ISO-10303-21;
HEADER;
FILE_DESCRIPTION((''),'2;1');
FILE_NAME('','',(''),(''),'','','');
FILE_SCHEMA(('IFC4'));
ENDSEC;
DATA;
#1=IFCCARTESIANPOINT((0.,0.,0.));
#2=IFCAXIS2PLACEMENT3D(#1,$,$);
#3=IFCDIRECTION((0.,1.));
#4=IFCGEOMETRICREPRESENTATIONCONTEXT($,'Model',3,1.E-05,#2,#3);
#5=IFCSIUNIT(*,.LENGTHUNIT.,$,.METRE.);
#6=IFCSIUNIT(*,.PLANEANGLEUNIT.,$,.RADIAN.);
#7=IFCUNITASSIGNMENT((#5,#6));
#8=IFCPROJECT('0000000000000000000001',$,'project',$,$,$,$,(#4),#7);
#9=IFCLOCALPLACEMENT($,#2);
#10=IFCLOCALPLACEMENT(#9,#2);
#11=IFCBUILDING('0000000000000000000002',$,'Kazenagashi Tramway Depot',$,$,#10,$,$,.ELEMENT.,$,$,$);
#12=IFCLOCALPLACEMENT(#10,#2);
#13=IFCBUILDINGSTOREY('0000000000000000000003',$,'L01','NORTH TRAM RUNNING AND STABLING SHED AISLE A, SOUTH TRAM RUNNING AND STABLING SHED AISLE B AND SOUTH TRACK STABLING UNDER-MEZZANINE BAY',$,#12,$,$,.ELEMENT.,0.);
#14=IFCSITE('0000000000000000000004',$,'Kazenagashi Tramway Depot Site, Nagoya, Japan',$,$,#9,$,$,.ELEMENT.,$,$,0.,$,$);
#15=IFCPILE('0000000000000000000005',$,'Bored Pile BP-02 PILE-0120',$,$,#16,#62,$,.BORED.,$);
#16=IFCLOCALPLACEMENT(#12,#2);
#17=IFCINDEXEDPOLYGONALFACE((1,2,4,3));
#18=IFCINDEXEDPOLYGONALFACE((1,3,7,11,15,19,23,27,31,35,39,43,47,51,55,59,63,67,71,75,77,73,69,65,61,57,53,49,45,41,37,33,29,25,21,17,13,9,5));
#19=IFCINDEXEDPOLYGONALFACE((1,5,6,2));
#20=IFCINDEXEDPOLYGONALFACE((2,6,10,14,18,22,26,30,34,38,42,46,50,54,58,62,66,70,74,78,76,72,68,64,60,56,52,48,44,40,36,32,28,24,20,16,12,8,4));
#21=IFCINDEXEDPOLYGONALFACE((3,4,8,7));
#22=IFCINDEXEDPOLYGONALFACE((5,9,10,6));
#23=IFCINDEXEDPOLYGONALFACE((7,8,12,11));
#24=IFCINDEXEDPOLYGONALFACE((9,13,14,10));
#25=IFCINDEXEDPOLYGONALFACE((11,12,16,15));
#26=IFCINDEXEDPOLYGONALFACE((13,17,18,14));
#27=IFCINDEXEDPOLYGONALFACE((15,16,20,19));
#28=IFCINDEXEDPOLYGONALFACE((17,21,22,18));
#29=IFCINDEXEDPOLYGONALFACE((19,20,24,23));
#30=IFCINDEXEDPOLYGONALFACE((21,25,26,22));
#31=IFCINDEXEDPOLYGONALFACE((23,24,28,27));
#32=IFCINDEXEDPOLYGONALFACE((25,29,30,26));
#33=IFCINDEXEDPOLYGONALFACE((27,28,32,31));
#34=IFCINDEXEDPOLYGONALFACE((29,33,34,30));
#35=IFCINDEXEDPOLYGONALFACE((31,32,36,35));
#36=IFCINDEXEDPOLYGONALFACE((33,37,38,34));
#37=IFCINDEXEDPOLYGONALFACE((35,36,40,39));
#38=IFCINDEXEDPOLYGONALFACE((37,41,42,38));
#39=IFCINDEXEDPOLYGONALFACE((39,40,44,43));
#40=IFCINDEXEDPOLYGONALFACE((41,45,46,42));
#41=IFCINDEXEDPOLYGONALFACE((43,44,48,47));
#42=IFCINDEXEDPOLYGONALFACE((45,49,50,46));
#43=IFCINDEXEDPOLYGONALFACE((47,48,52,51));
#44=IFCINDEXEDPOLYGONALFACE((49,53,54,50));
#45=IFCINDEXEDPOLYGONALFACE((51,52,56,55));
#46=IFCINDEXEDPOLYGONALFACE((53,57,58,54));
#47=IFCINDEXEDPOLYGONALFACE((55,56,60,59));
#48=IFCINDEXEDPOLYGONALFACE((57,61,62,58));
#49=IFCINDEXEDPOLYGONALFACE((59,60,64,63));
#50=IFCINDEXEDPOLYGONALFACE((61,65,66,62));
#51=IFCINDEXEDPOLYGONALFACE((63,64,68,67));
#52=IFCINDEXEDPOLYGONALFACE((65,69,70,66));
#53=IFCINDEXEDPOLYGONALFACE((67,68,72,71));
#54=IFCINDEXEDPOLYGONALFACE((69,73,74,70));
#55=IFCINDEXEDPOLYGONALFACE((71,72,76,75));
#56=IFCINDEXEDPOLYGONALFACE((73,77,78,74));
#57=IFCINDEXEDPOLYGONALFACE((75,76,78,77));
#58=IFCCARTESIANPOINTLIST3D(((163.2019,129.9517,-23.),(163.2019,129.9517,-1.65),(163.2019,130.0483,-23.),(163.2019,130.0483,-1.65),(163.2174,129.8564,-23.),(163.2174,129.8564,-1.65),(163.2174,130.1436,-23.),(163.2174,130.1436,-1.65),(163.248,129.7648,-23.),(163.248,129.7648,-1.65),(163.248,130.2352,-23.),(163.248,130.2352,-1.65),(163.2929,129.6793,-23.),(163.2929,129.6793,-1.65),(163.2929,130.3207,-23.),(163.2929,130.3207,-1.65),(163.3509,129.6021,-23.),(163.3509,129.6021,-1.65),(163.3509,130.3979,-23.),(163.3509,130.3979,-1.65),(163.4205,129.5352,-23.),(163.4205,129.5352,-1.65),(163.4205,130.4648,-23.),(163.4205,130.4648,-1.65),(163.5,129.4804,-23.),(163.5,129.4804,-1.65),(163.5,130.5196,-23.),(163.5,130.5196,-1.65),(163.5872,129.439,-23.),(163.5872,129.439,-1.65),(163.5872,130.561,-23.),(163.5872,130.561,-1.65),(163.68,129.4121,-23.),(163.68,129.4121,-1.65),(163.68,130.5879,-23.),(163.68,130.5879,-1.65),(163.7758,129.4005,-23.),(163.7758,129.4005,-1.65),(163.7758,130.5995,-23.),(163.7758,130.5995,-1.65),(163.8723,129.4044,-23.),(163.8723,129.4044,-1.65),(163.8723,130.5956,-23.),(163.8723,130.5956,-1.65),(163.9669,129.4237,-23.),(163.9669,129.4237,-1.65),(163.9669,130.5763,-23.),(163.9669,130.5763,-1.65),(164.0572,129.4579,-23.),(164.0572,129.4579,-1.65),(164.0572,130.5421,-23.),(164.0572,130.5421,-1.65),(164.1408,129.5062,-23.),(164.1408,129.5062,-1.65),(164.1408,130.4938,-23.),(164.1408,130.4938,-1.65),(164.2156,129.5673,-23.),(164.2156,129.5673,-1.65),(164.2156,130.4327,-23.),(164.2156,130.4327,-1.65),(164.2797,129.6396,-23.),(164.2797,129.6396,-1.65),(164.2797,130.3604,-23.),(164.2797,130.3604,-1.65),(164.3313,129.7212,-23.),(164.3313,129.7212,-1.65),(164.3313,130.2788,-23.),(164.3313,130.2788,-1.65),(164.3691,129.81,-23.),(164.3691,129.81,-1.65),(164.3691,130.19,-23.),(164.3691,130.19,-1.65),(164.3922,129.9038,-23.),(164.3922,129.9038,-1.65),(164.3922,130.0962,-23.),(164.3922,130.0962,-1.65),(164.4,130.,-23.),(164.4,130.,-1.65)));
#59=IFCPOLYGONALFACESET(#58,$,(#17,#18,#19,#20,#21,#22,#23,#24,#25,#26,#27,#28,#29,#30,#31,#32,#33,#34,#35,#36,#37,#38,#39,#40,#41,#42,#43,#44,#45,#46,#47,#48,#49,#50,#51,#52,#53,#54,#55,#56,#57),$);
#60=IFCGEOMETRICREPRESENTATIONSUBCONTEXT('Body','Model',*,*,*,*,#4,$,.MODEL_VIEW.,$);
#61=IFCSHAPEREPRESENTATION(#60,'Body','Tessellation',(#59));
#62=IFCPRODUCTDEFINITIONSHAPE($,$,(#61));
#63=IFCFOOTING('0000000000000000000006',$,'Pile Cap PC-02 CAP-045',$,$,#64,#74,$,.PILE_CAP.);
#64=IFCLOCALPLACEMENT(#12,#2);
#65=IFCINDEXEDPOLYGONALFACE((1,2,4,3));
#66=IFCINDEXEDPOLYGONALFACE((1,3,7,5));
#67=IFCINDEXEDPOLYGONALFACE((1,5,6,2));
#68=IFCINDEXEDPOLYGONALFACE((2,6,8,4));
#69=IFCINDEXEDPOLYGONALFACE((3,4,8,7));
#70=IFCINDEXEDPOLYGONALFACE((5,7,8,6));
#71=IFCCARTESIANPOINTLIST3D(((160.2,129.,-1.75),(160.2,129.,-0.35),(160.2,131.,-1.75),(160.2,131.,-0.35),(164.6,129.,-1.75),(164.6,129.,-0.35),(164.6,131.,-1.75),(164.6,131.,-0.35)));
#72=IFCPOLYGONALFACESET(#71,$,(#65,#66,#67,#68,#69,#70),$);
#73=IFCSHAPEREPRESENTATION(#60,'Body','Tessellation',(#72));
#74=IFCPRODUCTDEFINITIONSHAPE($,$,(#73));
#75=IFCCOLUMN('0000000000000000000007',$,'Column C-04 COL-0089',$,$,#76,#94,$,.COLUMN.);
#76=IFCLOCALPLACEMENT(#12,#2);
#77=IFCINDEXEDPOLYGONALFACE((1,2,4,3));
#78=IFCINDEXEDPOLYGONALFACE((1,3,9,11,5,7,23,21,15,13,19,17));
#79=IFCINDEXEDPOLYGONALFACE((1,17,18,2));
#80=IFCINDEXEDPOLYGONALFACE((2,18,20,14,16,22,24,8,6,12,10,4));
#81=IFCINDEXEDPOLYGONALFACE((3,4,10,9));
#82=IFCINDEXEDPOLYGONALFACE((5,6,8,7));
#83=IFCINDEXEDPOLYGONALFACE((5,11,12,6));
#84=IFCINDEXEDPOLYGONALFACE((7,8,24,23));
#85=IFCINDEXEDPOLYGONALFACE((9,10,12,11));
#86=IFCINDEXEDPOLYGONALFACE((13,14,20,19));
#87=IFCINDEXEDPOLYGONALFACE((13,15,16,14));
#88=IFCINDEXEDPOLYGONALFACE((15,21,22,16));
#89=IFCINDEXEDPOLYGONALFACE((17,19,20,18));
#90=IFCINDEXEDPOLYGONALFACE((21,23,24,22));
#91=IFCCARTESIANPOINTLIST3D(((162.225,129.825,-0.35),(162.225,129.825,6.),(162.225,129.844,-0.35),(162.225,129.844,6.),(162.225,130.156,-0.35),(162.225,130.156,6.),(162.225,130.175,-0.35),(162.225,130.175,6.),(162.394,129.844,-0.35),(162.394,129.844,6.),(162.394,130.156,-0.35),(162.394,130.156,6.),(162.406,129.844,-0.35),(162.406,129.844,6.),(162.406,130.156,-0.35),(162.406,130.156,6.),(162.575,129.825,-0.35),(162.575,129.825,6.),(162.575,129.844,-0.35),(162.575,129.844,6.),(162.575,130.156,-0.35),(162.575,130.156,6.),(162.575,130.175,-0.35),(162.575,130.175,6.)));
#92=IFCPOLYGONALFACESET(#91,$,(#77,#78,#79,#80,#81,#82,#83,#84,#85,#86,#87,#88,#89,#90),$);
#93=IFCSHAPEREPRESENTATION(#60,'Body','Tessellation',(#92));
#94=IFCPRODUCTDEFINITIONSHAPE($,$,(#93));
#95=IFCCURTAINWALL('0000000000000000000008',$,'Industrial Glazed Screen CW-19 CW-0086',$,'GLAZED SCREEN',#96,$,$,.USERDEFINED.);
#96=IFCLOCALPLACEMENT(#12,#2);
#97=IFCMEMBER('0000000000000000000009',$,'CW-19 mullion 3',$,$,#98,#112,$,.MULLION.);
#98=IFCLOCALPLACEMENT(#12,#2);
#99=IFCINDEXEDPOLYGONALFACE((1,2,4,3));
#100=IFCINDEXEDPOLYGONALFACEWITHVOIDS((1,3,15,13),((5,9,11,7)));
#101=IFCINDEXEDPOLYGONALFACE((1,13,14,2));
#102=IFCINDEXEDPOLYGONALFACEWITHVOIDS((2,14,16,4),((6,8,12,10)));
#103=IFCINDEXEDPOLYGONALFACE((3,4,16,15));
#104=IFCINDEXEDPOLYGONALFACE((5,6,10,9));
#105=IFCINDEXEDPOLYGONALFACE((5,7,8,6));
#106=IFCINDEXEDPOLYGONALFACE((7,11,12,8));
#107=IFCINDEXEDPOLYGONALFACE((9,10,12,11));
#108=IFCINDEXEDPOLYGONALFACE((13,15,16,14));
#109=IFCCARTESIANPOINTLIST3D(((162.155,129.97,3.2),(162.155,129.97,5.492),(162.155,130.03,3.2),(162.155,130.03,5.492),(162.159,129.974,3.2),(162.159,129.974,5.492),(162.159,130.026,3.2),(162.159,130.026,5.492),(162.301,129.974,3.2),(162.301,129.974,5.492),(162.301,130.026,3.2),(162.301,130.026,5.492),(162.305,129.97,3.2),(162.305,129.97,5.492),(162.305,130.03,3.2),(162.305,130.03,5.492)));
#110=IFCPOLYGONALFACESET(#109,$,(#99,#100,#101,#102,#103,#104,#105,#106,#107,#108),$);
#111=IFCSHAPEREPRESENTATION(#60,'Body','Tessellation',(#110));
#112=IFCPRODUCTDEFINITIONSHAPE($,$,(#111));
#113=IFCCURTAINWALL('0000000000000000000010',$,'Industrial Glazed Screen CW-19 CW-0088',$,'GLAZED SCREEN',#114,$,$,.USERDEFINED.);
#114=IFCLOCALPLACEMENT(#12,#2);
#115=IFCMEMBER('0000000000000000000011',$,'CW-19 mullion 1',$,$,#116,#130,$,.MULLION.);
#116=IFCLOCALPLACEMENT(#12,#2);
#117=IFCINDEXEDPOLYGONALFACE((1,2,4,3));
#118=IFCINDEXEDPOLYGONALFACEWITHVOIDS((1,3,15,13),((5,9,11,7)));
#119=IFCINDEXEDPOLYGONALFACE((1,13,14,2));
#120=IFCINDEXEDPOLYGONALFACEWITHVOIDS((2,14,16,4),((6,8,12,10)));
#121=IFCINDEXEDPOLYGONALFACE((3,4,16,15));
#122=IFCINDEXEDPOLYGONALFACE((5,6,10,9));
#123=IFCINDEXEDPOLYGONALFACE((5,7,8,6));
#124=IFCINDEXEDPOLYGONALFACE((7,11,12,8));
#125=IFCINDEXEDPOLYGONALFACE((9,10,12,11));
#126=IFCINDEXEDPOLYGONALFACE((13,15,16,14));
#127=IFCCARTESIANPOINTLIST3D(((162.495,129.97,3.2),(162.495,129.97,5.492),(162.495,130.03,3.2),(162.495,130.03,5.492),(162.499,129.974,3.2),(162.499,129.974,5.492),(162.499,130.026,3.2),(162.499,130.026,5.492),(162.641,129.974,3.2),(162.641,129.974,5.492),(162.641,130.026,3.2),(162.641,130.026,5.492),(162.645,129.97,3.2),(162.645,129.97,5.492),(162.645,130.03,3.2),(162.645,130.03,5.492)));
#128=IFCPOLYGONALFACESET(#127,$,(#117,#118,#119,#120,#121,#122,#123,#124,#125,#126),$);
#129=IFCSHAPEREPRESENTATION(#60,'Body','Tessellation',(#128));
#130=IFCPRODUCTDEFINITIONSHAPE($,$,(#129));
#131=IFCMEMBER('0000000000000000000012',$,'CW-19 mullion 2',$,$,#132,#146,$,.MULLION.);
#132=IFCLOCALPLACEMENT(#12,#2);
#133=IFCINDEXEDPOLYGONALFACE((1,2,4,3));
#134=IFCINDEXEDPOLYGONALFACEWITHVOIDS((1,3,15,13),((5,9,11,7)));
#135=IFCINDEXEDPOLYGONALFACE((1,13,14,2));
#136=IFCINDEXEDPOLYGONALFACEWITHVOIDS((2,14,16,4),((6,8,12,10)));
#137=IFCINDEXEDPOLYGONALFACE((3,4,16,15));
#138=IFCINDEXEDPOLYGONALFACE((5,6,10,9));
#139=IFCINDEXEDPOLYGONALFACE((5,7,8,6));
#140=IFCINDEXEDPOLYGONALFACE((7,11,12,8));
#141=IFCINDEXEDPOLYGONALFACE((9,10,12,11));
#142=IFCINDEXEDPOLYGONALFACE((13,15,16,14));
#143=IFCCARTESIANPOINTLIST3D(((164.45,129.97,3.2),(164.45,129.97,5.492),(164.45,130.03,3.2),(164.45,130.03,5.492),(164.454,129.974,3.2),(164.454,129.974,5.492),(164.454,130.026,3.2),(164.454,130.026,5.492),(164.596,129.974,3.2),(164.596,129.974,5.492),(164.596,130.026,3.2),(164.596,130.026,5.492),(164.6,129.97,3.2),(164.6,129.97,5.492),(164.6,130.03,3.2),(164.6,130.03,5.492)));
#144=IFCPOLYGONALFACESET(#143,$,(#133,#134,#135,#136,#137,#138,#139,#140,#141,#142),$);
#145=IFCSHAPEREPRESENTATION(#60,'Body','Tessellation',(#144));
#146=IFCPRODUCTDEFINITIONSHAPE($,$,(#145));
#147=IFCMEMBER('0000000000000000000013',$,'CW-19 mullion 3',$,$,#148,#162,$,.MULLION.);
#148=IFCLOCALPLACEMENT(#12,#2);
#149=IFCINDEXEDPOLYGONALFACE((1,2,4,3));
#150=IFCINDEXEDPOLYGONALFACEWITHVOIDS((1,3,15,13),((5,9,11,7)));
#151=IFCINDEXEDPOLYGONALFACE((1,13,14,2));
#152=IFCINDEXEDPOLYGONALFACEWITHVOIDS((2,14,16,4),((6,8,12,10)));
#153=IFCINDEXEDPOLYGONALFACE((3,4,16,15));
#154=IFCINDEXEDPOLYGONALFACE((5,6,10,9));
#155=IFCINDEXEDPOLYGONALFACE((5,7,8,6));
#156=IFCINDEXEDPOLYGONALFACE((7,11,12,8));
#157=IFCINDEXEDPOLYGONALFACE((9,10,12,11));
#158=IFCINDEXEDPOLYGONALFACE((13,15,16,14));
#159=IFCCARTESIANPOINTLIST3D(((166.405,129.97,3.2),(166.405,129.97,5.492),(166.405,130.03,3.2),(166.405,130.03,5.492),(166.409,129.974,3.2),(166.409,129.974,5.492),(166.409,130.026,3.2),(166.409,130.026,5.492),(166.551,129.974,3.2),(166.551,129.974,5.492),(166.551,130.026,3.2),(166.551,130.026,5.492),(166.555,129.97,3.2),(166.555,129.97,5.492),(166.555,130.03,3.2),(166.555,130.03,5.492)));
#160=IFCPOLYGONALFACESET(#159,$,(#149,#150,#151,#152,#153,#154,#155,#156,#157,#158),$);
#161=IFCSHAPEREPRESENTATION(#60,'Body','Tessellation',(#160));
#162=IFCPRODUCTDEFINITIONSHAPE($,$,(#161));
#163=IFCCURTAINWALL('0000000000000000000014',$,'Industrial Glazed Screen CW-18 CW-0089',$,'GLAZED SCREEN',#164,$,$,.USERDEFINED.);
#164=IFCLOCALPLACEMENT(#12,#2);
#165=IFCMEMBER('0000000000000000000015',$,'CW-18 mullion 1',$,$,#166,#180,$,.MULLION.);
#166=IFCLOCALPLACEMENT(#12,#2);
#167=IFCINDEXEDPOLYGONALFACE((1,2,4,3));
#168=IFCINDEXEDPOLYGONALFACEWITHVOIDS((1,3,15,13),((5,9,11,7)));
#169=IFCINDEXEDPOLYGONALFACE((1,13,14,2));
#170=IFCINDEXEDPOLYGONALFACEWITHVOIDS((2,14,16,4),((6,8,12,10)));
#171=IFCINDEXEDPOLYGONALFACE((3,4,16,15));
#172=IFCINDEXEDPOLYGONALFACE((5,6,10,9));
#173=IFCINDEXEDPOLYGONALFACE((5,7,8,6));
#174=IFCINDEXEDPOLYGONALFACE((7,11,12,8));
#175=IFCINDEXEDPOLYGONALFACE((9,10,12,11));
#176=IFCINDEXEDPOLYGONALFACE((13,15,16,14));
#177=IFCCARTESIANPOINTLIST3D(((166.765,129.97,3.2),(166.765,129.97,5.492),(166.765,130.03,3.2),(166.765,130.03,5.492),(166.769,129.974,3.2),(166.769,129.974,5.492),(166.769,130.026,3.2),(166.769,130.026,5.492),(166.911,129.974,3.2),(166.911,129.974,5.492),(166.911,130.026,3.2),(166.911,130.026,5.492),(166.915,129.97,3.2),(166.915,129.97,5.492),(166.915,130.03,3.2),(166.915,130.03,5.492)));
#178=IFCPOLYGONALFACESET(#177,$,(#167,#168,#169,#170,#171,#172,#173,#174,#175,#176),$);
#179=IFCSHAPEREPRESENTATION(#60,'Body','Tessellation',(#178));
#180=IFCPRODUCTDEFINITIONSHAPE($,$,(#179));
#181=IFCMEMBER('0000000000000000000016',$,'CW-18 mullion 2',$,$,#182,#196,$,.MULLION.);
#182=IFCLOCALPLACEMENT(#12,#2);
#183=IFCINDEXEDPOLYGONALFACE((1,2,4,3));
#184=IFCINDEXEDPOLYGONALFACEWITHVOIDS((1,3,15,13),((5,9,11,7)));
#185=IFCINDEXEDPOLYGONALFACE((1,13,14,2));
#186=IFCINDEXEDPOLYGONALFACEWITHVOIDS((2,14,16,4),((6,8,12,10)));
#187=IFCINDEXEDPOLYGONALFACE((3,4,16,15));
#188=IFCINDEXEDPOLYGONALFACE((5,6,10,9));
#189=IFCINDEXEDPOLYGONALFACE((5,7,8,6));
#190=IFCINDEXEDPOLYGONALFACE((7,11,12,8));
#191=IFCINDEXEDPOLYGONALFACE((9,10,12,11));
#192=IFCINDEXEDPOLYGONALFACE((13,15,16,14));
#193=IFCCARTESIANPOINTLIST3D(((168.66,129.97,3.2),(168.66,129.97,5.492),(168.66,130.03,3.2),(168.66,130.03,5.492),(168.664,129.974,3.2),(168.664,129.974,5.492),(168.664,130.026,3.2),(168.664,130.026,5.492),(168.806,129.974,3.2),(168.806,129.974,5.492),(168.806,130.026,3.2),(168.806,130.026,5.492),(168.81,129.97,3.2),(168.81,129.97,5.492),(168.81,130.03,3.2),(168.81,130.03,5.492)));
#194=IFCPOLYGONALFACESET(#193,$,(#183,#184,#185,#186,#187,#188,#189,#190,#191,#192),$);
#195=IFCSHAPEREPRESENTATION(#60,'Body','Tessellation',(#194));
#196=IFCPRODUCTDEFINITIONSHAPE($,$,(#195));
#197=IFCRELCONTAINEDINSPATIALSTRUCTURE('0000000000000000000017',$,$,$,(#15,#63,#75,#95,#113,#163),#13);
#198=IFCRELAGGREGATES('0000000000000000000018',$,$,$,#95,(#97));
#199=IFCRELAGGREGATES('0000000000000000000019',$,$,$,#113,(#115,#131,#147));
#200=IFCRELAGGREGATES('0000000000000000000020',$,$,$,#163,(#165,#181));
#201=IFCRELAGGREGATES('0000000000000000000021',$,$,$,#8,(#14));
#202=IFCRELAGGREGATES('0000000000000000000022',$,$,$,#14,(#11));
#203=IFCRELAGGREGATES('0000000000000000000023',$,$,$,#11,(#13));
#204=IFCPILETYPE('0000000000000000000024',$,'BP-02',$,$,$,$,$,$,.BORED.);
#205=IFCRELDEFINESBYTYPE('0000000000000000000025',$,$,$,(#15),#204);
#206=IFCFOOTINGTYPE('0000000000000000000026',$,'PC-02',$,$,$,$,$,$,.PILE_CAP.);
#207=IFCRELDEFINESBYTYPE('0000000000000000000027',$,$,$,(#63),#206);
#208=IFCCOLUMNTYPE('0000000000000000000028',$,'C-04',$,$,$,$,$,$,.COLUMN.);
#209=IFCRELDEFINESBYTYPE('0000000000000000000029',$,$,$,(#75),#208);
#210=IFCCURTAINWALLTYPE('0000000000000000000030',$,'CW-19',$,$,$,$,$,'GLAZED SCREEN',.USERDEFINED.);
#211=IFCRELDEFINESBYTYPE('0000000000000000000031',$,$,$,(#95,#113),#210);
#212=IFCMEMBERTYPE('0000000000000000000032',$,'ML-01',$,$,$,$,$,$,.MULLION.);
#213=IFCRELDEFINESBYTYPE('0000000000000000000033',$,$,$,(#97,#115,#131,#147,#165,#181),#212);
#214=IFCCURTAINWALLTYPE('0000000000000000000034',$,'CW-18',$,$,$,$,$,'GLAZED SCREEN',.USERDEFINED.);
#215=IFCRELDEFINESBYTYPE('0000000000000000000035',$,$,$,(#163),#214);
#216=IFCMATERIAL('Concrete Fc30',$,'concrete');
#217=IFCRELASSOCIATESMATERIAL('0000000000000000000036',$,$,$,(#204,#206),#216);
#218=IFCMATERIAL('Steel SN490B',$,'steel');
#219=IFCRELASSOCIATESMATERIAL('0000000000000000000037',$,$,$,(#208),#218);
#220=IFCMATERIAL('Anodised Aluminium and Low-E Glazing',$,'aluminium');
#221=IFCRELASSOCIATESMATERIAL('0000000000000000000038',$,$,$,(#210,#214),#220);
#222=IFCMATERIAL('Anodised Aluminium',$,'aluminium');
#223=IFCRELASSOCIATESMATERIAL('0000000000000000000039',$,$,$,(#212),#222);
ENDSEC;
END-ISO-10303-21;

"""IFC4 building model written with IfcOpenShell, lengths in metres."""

from ifc_helpers import new_model, si_unit, direction, frame, origin, origin_2d, place, context, subcontext, project, spatial, rectangle, hollow_rectangle, circle, i_section, extrude, material, material_profile, profile_set, type_object, element, aggregate, save


model = new_model("IFC4")

# Units and contexts
model_context = context("Model", 3, precision=1e-05, world=origin(), true_north=direction((0.0, 1.0)))
body_context = subcontext(model_context, "Body", "Model", "MODEL_VIEW")
ifc_project = project(units=[si_unit("LENGTHUNIT", "METRE"), si_unit("PLANEANGLEUNIT", "RADIAN")], contexts=[model_context])

# Site, building, storey
site_placement = place(None, origin())
site = spatial("IfcSite", under=ifc_project, at=site_placement, Name="Kazenagashi Tramway Depot Site, Nagoya, Japan", CompositionType="ELEMENT", RefElevation=0.0)
building_placement = place(site_placement, origin())
building = spatial("IfcBuilding", under=site, at=building_placement, Name="Kazenagashi Tramway Depot", CompositionType="ELEMENT")
storey_placement = place(building_placement, origin())
storey = spatial("IfcBuildingStorey", under=building, at=storey_placement, Name="L01", Description="NORTH TRAM RUNNING AND STABLING SHED AISLE A, SOUTH TRAM RUNNING AND STABLING SHED AISLE B AND SOUTH TRACK STABLING UNDER-MEZZANINE BAY", CompositionType="ELEMENT", Elevation=0.0)

# Pile
ifc_material_1 = material(Name="Concrete Fc30", Category="concrete")
ifc_material_profile_1 = material_profile(ifc_material_1, circle(Radius=0.6, at=origin_2d()), Name="PILE-1200")
ifc_profile_set_1 = profile_set([ifc_material_profile_1], Name="Concrete Fc30")
pile_type = type_object("IfcPileType", Name="BP-02", PredefinedType="BORED", material=ifc_profile_set_1)
pile_placement = place(storey_placement, frame((163.8, 130.0, -1.65), z_axis=(0.0, 0.0, -1.0), x_axis=(1.0, 0.0, 0.0)))
element("IfcPile", 1, at=pile_placement, inside=storey, type_object=pile_type, Name="Bored Pile BP-02 PILE-0120", PredefinedType="BORED", context=body_context, shape_type="SweptSolid", body=[
    extrude(circle(Radius=0.6, at=origin_2d()), origin(), (0.0, 0.0, 1.0), 21.35),
])

# Footing
footing_type = type_object("IfcFootingType", Name="PC-02", PredefinedType="PILE_CAP", material=ifc_material_1)
footing_placement = place(storey_placement, frame((162.4, 130.0, -1.75), z_axis=(0.0, 0.0, 1.0), x_axis=(1.0, 0.0, 0.0)))
element("IfcFooting", 2, at=footing_placement, inside=storey, type_object=footing_type, Name="Pile Cap PC-02 CAP-045", PredefinedType="PILE_CAP", context=body_context, shape_type="SweptSolid", body=[
    extrude(rectangle(XDim=4.4, YDim=2.0, at=origin_2d()), origin(), (0.0, 0.0, 1.0), 1.4),
])

# Column
ifc_material_2 = material(Name="Steel SN490B", Category="steel")
ifc_material_profile_2 = material_profile(ifc_material_2, i_section(OverallWidth=0.35, OverallDepth=0.35, WebThickness=0.012, FlangeThickness=0.019, at=origin_2d()), Name="H-350x350x12x19")
ifc_profile_set_2 = profile_set([ifc_material_profile_2], Name="Steel SN490B")
column_type = type_object("IfcColumnType", Name="C-04", PredefinedType="COLUMN", material=ifc_profile_set_2)
column_placement = place(storey_placement, frame((162.4, 130.0, -0.35), z_axis=(0.0, 0.0, 1.0), x_axis=(1.0, 0.0, 0.0)))
element("IfcColumn", 3, at=column_placement, inside=storey, type_object=column_type, Name="Column C-04 COL-0089", PredefinedType="COLUMN", context=body_context, shape_type="SweptSolid", body=[
    extrude(i_section(OverallWidth=0.35, OverallDepth=0.35, WebThickness=0.012, FlangeThickness=0.019, at=origin_2d()), origin(), (0.0, 0.0, 1.0), 6.35),
])

# Curtain wall, member
ifc_material_3 = material(Name="Anodised Aluminium and Low-E Glazing", Category="aluminium")
curtain_wall_type_1 = type_object("IfcCurtainWallType", Name="CW-19", ElementType="GLAZED SCREEN", PredefinedType="USERDEFINED", material=ifc_material_3)
curtain_wall_1_placement = place(storey_placement, origin())
curtain_wall_1 = element("IfcCurtainWall", 4, at=curtain_wall_1_placement, inside=storey, type_object=curtain_wall_type_1, Name="Industrial Glazed Screen CW-19 CW-0086", ObjectType="GLAZED SCREEN", PredefinedType="USERDEFINED")
ifc_material_4 = material(Name="Anodised Aluminium", Category="aluminium")
ifc_material_profile_3 = material_profile(ifc_material_4, hollow_rectangle(XDim=0.06, YDim=0.15, WallThickness=0.004, at=origin_2d()), Name="RHS-150x60x4")
ifc_profile_set_3 = profile_set([ifc_material_profile_3], Name="Anodised Aluminium")
member_type_1 = type_object("IfcMemberType", Name="ML-01", PredefinedType="MULLION", material=ifc_profile_set_3)
member_1_placement = place(storey_placement, frame((162.23, 130.0, 3.2), z_axis=(0.0, 0.0, 1.0), x_axis=(0.0, 1.0, 0.0)))
member_1 = element("IfcMember", 5, at=member_1_placement, type_object=member_type_1, Name="CW-19 mullion 3", PredefinedType="MULLION", context=body_context, shape_type="SweptSolid", body=[
    extrude(hollow_rectangle(XDim=0.06, YDim=0.15, WallThickness=0.004, at=origin_2d()), origin(), (0.0, 0.0, 1.0), 2.292),
])

# Curtain walls, members
curtain_wall_2_placement = place(storey_placement, origin())
curtain_wall_2 = element("IfcCurtainWall", 6, at=curtain_wall_2_placement, inside=storey, type_object=curtain_wall_type_1, Name="Industrial Glazed Screen CW-19 CW-0088", ObjectType="GLAZED SCREEN", PredefinedType="USERDEFINED")
member_2_placement = place(storey_placement, frame((162.57, 130.0, 3.2), z_axis=(0.0, 0.0, 1.0), x_axis=(0.0, 1.0, 0.0)))
member_2 = element("IfcMember", 7, at=member_2_placement, type_object=member_type_1, Name="CW-19 mullion 1", PredefinedType="MULLION", context=body_context, shape_type="SweptSolid", body=[
    extrude(hollow_rectangle(XDim=0.06, YDim=0.15, WallThickness=0.004, at=origin_2d()), origin(), (0.0, 0.0, 1.0), 2.292),
])
member_3_placement = place(storey_placement, frame((164.525, 130.0, 3.2), z_axis=(0.0, 0.0, 1.0), x_axis=(0.0, 1.0, 0.0)))
member_3 = element("IfcMember", 8, at=member_3_placement, type_object=member_type_1, Name="CW-19 mullion 2", PredefinedType="MULLION", context=body_context, shape_type="SweptSolid", body=[
    extrude(hollow_rectangle(XDim=0.06, YDim=0.15, WallThickness=0.004, at=origin_2d()), origin(), (0.0, 0.0, 1.0), 2.292),
])
member_4_placement = place(storey_placement, frame((166.48, 130.0, 3.2), z_axis=(0.0, 0.0, 1.0), x_axis=(0.0, 1.0, 0.0)))
member_4 = element("IfcMember", 9, at=member_4_placement, type_object=member_type_1, Name="CW-19 mullion 3", PredefinedType="MULLION", context=body_context, shape_type="SweptSolid", body=[
    extrude(hollow_rectangle(XDim=0.06, YDim=0.15, WallThickness=0.004, at=origin_2d()), origin(), (0.0, 0.0, 1.0), 2.292),
])
curtain_wall_type_2 = type_object("IfcCurtainWallType", Name="CW-18", ElementType="GLAZED SCREEN", PredefinedType="USERDEFINED", material=ifc_material_3)
curtain_wall_3_placement = place(storey_placement, origin())
curtain_wall_3 = element("IfcCurtainWall", 10, at=curtain_wall_3_placement, inside=storey, type_object=curtain_wall_type_2, Name="Industrial Glazed Screen CW-18 CW-0089", ObjectType="GLAZED SCREEN", PredefinedType="USERDEFINED")
member_5_placement = place(storey_placement, frame((166.84, 130.0, 3.2), z_axis=(0.0, 0.0, 1.0), x_axis=(0.0, 1.0, 0.0)))
member_5 = element("IfcMember", 11, at=member_5_placement, type_object=member_type_1, Name="CW-18 mullion 1", PredefinedType="MULLION", context=body_context, shape_type="SweptSolid", body=[
    extrude(hollow_rectangle(XDim=0.06, YDim=0.15, WallThickness=0.004, at=origin_2d()), origin(), (0.0, 0.0, 1.0), 2.292),
])
member_6_placement = place(storey_placement, frame((168.735, 130.0, 3.2), z_axis=(0.0, 0.0, 1.0), x_axis=(0.0, 1.0, 0.0)))
member_6 = element("IfcMember", 12, at=member_6_placement, type_object=member_type_1, Name="CW-18 mullion 2", PredefinedType="MULLION", context=body_context, shape_type="SweptSolid", body=[
    extrude(hollow_rectangle(XDim=0.06, YDim=0.15, WallThickness=0.004, at=origin_2d()), origin(), (0.0, 0.0, 1.0), 2.292),
])

aggregate(curtain_wall_1, [member_1])
aggregate(curtain_wall_2, [member_2, member_3, member_4])
aggregate(curtain_wall_3, [member_5, member_6])

save(model, "model.ifc")
